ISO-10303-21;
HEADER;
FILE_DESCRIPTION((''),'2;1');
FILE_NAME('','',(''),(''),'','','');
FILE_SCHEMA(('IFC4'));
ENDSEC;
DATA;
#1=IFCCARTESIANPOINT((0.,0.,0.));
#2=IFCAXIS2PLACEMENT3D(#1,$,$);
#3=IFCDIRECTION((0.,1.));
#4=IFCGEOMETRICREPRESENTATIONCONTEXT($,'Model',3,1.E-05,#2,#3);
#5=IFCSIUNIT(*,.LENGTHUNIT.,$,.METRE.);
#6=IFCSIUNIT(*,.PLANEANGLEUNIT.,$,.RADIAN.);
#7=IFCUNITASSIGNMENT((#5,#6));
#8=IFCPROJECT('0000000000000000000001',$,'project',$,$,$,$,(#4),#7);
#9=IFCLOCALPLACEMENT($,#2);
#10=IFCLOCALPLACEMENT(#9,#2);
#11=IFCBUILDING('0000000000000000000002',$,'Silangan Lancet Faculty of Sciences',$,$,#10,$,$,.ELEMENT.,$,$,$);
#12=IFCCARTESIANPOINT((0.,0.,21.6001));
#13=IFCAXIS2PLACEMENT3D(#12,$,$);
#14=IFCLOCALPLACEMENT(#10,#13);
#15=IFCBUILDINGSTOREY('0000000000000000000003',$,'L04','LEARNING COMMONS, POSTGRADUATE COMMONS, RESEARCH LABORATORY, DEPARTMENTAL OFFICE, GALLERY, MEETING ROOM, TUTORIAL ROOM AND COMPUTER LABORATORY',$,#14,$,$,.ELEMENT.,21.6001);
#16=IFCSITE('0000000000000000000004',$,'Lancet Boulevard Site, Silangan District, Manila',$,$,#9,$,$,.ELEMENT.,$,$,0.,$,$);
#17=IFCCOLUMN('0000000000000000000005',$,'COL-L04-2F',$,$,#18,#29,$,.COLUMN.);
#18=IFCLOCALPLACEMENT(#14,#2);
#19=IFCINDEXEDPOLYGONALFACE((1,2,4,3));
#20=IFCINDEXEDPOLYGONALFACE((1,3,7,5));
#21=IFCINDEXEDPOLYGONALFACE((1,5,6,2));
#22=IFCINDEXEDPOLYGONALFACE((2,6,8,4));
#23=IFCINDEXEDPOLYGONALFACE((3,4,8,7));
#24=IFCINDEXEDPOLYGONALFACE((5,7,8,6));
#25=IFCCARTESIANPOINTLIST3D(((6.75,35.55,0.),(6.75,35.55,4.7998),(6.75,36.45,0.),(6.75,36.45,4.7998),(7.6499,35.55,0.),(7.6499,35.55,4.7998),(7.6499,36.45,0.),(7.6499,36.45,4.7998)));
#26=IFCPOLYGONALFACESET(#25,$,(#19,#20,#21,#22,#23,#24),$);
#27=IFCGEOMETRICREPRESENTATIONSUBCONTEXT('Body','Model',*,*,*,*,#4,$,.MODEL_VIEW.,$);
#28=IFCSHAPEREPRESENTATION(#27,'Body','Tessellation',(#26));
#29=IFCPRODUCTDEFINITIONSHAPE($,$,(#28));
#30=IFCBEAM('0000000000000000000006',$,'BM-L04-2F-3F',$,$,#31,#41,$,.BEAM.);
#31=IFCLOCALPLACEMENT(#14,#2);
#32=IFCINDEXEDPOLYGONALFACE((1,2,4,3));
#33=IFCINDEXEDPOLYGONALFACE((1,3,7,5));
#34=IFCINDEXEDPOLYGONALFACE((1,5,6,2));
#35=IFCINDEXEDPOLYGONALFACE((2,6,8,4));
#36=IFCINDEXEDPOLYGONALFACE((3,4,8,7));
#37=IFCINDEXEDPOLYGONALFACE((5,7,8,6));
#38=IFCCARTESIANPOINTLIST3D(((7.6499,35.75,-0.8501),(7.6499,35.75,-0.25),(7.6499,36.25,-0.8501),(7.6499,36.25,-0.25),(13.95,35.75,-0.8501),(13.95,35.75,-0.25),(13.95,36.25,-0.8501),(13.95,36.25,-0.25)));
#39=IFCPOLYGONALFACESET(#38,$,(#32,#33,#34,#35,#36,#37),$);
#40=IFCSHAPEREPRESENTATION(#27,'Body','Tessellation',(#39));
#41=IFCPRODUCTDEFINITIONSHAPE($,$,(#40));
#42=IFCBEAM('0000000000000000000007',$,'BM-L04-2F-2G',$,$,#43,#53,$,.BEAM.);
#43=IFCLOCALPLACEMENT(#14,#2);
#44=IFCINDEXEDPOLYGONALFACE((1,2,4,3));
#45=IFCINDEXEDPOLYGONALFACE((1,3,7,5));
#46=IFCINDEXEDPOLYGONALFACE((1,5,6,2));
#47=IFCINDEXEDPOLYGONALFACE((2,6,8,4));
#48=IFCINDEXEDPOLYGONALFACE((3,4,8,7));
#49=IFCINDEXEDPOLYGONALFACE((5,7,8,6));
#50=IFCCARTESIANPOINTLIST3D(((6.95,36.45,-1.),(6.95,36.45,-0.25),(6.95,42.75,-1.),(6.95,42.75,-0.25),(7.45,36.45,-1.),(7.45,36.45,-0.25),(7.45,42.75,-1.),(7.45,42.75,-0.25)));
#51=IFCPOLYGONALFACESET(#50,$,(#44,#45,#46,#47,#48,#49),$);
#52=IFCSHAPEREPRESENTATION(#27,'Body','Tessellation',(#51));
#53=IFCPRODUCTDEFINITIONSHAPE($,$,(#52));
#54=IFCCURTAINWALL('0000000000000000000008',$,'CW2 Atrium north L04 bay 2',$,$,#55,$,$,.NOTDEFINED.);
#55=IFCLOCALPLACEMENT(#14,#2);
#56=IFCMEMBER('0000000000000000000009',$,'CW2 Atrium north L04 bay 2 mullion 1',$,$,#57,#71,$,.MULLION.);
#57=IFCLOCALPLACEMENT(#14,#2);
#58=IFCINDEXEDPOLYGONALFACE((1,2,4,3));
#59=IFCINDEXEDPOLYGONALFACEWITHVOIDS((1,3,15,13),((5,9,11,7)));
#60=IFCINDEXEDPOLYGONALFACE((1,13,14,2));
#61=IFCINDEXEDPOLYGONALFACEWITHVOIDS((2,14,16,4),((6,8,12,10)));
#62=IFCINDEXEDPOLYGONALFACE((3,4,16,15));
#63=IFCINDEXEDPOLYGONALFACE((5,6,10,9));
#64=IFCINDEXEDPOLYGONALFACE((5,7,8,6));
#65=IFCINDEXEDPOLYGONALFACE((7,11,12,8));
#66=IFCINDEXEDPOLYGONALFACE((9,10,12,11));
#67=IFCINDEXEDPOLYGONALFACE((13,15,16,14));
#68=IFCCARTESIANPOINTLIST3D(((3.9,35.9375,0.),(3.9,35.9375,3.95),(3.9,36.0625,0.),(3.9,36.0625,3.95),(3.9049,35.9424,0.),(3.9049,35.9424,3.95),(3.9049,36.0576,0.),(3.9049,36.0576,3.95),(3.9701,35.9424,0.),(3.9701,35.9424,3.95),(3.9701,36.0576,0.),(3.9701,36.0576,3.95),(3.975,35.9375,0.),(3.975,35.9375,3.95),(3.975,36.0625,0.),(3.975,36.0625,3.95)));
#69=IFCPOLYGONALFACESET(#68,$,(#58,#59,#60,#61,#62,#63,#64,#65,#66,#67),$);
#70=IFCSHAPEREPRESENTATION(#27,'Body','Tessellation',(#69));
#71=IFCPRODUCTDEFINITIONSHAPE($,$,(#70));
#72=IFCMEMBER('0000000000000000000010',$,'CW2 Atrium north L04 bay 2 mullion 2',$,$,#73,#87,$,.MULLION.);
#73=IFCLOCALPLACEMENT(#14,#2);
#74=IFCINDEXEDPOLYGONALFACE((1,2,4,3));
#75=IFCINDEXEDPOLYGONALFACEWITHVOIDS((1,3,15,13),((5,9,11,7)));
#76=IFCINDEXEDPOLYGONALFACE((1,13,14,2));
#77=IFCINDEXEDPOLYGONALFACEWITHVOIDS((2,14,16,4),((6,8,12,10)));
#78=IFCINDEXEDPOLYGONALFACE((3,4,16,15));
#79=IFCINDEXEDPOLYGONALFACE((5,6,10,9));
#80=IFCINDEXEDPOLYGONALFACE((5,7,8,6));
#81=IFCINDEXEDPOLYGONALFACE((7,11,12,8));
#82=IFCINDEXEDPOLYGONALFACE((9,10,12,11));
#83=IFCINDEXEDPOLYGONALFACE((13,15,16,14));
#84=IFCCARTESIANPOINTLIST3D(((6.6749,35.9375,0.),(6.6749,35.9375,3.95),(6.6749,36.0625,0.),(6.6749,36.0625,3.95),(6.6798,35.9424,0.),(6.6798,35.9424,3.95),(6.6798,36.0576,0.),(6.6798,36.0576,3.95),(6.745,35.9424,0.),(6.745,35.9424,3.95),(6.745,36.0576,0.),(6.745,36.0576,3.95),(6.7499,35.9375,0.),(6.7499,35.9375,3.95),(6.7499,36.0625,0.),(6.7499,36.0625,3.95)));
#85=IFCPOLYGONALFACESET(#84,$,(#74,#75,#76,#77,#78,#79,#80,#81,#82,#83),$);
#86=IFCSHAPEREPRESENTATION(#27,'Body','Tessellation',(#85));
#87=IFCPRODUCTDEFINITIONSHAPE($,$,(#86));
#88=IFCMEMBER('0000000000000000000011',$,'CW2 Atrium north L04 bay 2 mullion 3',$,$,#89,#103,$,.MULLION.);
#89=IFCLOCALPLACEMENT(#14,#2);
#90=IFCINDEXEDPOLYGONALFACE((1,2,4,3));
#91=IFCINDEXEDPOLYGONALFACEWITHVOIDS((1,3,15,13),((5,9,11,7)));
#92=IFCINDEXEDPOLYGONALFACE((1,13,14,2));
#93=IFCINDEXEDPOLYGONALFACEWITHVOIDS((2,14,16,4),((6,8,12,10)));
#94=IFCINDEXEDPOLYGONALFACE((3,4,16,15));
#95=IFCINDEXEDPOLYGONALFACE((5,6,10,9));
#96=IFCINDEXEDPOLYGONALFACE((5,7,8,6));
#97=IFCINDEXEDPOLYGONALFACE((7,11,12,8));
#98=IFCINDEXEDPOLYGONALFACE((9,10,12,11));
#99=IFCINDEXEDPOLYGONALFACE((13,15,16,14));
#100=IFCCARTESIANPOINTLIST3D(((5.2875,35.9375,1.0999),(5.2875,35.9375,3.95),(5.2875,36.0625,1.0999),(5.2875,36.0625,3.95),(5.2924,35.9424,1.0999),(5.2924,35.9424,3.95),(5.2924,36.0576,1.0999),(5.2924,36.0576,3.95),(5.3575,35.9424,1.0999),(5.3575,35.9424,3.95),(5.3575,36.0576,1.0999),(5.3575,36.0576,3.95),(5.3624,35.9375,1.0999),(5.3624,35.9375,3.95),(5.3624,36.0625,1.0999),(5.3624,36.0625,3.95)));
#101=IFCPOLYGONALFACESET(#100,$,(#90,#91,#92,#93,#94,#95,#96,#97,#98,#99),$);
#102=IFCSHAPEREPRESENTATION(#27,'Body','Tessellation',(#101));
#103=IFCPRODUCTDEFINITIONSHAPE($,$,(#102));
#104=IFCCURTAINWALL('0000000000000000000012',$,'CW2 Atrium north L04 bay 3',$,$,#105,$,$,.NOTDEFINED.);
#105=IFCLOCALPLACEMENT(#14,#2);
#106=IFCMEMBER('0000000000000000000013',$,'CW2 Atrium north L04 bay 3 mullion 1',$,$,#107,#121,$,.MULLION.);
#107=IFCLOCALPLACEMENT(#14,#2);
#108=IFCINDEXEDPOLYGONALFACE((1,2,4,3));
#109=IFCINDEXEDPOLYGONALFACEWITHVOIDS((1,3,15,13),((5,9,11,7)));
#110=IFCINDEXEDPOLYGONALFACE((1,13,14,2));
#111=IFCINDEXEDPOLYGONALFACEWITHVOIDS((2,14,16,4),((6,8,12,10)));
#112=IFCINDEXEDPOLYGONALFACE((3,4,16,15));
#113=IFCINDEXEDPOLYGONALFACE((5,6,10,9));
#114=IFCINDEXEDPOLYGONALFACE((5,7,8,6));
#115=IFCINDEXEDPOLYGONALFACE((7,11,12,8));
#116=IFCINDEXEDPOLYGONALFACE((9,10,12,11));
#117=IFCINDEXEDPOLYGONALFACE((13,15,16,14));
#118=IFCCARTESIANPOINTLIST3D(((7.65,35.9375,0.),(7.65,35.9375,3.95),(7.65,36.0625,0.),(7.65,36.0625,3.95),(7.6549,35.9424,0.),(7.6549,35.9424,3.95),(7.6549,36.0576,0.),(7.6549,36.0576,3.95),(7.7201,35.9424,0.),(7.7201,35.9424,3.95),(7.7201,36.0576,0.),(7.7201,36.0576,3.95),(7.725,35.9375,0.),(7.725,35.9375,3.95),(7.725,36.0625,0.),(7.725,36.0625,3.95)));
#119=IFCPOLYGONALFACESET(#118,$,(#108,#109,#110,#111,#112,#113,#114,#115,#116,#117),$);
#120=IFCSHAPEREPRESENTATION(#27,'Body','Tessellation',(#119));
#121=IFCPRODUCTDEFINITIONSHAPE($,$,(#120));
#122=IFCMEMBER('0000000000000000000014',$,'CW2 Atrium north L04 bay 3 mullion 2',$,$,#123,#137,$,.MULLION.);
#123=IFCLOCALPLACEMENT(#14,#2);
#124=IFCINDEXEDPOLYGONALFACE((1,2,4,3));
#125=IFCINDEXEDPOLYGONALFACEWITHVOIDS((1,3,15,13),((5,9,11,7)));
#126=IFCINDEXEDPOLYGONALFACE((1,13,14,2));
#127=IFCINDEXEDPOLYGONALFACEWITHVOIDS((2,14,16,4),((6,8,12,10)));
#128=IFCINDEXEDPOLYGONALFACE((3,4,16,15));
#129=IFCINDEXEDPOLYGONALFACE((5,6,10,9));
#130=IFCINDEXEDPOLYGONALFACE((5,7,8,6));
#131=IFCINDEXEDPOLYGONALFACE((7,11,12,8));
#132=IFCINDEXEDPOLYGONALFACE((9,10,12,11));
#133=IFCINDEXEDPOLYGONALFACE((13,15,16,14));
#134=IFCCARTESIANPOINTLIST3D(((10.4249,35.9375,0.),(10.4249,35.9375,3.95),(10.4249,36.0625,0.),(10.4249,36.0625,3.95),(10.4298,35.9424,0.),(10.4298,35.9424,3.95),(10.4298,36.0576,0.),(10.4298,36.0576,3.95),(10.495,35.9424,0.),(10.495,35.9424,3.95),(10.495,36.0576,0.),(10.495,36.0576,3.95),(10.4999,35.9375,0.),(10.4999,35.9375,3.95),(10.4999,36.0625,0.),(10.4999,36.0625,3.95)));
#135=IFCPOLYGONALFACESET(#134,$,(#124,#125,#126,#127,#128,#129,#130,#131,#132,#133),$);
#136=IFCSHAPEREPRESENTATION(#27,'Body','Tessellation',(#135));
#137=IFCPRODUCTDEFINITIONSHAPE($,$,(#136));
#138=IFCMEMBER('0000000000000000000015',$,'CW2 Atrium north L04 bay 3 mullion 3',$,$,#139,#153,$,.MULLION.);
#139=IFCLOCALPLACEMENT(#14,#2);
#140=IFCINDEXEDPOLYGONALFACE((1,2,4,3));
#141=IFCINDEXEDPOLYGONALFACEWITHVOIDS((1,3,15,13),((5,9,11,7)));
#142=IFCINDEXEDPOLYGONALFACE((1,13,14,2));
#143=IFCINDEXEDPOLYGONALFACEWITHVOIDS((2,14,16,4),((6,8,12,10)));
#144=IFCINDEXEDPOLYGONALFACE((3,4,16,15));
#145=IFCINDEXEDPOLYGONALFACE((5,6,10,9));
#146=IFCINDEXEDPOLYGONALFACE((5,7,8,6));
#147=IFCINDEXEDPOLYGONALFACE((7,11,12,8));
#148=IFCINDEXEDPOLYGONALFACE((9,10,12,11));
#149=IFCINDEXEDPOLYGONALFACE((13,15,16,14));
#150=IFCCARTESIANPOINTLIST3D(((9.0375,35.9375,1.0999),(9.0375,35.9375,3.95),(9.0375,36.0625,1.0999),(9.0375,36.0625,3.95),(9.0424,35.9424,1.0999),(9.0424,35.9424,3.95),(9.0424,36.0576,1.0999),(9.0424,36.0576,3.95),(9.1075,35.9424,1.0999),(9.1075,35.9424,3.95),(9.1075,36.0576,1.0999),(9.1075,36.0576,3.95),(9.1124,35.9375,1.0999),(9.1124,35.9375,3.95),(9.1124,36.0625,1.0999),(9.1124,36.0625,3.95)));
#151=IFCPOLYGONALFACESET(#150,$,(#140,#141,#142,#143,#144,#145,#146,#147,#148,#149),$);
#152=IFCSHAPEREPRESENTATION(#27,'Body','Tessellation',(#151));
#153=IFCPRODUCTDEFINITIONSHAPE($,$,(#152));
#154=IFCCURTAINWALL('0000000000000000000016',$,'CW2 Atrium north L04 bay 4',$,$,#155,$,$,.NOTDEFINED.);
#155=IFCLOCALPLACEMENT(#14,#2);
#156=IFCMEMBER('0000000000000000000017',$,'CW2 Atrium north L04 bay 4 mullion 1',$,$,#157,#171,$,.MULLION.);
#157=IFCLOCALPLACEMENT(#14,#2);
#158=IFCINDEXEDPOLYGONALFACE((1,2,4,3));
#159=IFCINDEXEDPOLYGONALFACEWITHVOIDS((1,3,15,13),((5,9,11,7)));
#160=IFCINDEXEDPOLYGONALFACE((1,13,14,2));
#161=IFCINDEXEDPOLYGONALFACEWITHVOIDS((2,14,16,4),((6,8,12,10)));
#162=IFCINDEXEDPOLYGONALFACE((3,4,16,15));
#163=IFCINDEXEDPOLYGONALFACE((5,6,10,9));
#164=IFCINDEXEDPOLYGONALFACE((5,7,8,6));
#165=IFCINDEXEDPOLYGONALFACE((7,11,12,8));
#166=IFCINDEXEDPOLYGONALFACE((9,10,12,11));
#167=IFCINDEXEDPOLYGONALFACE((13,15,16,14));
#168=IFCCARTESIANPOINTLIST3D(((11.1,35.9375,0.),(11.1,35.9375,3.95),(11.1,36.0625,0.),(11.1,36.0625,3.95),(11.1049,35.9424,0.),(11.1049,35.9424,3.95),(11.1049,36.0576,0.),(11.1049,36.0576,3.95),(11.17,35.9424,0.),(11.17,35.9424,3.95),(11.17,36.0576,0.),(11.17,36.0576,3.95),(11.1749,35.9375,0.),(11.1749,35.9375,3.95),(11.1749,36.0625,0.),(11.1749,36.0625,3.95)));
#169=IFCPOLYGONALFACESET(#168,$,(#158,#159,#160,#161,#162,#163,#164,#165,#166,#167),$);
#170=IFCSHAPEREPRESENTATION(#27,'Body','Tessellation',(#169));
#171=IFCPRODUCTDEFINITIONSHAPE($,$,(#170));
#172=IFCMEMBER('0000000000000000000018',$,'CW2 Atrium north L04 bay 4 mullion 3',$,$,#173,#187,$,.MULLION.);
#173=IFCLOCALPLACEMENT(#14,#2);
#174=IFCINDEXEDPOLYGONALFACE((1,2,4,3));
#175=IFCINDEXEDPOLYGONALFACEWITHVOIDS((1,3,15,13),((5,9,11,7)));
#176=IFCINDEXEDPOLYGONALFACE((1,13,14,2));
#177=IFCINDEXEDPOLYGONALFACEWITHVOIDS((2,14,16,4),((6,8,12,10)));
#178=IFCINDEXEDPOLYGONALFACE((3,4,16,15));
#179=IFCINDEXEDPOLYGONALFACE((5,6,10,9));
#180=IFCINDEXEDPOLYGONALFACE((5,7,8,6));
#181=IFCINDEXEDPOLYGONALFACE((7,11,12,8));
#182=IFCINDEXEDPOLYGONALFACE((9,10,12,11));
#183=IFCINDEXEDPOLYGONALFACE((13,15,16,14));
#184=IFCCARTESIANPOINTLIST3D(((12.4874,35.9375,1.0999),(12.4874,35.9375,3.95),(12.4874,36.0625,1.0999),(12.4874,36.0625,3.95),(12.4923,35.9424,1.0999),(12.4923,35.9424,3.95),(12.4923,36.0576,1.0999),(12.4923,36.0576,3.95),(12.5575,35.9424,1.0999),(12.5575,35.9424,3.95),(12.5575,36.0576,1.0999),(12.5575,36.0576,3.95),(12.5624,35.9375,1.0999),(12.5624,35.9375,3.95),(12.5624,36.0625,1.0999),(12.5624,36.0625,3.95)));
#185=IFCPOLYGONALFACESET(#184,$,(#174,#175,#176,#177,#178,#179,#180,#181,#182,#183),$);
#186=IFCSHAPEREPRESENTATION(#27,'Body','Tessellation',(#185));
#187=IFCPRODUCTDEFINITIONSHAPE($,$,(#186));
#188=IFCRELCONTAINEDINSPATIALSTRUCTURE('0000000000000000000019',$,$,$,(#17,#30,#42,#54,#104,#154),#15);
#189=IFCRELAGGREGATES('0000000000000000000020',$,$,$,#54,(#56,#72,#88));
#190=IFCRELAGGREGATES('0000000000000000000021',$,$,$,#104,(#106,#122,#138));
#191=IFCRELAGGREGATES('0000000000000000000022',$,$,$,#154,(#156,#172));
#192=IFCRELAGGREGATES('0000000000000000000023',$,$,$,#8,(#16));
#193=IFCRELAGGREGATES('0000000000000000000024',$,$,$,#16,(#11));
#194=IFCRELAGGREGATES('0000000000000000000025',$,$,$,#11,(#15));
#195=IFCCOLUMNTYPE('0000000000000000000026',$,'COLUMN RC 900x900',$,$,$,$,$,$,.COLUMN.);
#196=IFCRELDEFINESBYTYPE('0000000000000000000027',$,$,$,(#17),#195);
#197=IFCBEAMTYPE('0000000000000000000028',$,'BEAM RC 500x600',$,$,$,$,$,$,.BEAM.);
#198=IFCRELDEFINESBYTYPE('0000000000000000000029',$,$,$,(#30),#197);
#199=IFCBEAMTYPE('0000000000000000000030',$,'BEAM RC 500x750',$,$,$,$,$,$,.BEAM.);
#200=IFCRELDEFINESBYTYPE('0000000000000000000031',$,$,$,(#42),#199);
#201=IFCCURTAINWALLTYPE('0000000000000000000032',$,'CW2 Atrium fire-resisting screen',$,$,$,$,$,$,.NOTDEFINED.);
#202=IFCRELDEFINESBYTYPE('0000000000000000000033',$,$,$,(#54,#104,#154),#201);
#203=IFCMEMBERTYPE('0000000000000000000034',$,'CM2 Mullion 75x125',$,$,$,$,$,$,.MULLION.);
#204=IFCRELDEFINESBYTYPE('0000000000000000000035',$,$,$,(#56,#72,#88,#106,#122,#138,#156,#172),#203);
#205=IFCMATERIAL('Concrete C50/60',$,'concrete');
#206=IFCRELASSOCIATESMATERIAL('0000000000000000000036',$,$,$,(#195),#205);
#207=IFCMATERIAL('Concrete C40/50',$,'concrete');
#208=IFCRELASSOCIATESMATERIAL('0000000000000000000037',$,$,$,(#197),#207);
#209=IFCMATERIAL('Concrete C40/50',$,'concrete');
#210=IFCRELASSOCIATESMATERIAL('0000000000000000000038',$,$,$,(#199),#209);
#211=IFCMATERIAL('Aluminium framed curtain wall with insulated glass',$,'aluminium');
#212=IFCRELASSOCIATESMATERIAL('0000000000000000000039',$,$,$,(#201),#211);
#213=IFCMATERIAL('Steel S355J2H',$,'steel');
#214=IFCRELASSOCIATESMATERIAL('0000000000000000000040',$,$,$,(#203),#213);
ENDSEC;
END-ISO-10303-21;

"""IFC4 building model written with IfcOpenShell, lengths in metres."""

from ifc_helpers import new_model, si_unit, direction, frame, origin, origin_2d, place, context, subcontext, project, spatial, rectangle, hollow_rectangle, extrude, material, material_profile, profile_set, type_object, element, aggregate, save


model = new_model("IFC4")

# Units and contexts
model_context = context("Model", 3, precision=1e-05, world=origin(), true_north=direction((0.0, 1.0)))
body_context = subcontext(model_context, "Body", "Model", "MODEL_VIEW")
ifc_project = project(units=[si_unit("LENGTHUNIT", "METRE"), si_unit("PLANEANGLEUNIT", "RADIAN")], contexts=[model_context])

# Site, building, storey
site_placement = place(None, origin())
site = spatial("IfcSite", under=ifc_project, at=site_placement, Name="Lancet Boulevard Site, Silangan District, Manila", CompositionType="ELEMENT", RefElevation=0.0)
building_placement = place(site_placement, origin())
building = spatial("IfcBuilding", under=site, at=building_placement, Name="Silangan Lancet Faculty of Sciences", CompositionType="ELEMENT")
storey_placement = place(building_placement, frame((0.0, 0.0, 21.6001)))
storey = spatial("IfcBuildingStorey", under=building, at=storey_placement, Name="L04", Description="LEARNING COMMONS, POSTGRADUATE COMMONS, RESEARCH LABORATORY, DEPARTMENTAL OFFICE, GALLERY, MEETING ROOM, TUTORIAL ROOM AND COMPUTER LABORATORY", CompositionType="ELEMENT", Elevation=21.6001)

# Column
ifc_material_1 = material(Name="Concrete C50/60", Category="concrete")
ifc_material_profile_1 = material_profile(ifc_material_1, rectangle(XDim=0.8999, YDim=0.8999, at=origin_2d()), Name="RC 900x900")
ifc_profile_set_1 = profile_set([ifc_material_profile_1], Name="Concrete C50/60")
column_type = type_object("IfcColumnType", Name="COLUMN RC 900x900", PredefinedType="COLUMN", material=ifc_profile_set_1)
column_placement = place(storey_placement, frame((7.2, 36.0, 0.0), z_axis=(0.0, 0.0, 1.0), x_axis=(1.0, 0.0, 0.0)))
element("IfcColumn", 1, at=column_placement, inside=storey, type_object=column_type, Name="COL-L04-2F", PredefinedType="COLUMN", context=body_context, shape_type="SweptSolid", body=[
    extrude(rectangle(XDim=0.8999, YDim=0.8999, at=origin_2d()), origin(), (0.0, 0.0, 1.0), 4.7998),
])

# Beams
ifc_material_2 = material(Name="Concrete C40/50", Category="concrete")
ifc_material_profile_2 = material_profile(ifc_material_2, rectangle(XDim=0.5, YDim=0.6001, at=origin_2d()), Name="RC 500x600")
ifc_profile_set_2 = profile_set([ifc_material_profile_2], Name="Concrete C40/50")
beam_type_1 = type_object("IfcBeamType", Name="BEAM RC 500x600", PredefinedType="BEAM", material=ifc_profile_set_2)
beam_1_placement = place(storey_placement, frame((7.6499, 36.0, -0.55), z_axis=(1.0, 0.0, 0.0), x_axis=(0.0, 1.0, 0.0)))
element("IfcBeam", 2, at=beam_1_placement, inside=storey, type_object=beam_type_1, Name="BM-L04-2F-3F", PredefinedType="BEAM", context=body_context, shape_type="SweptSolid", body=[
    extrude(rectangle(XDim=0.5, YDim=0.6001, at=origin_2d()), origin(), (0.0, 0.0, 1.0), 6.3),
])
ifc_material_3 = material(Name="Concrete C40/50", Category="concrete")
ifc_material_profile_3 = material_profile(ifc_material_3, rectangle(XDim=0.5, YDim=0.75, at=origin_2d()), Name="RC 500x750")
ifc_profile_set_3 = profile_set([ifc_material_profile_3], Name="Concrete C40/50")
beam_type_2 = type_object("IfcBeamType", Name="BEAM RC 500x750", PredefinedType="BEAM", material=ifc_profile_set_3)
beam_2_placement = place(storey_placement, frame((7.2, 36.45, -0.625), z_axis=(0.0, 1.0, 0.0), x_axis=(-1.0, 0.0, 0.0)))
element("IfcBeam", 3, at=beam_2_placement, inside=storey, type_object=beam_type_2, Name="BM-L04-2F-2G", PredefinedType="BEAM", context=body_context, shape_type="SweptSolid", body=[
    extrude(rectangle(XDim=0.5, YDim=0.75, at=origin_2d()), origin(), (0.0, 0.0, 1.0), 6.3),
])

# Curtain walls, members
ifc_material_4 = material(Name="Aluminium framed curtain wall with insulated glass", Category="aluminium")
curtain_wall_type = type_object("IfcCurtainWallType", Name="CW2 Atrium fire-resisting screen", PredefinedType="NOTDEFINED", material=ifc_material_4)
curtain_wall_1_placement = place(storey_placement, origin())
curtain_wall_1 = element("IfcCurtainWall", 4, at=curtain_wall_1_placement, inside=storey, type_object=curtain_wall_type, Name="CW2 Atrium north L04 bay 2", PredefinedType="NOTDEFINED")
ifc_material_5 = material(Name="Steel S355J2H", Category="steel")
ifc_material_profile_4 = material_profile(ifc_material_5, hollow_rectangle(XDim=0.075, YDim=0.125, WallThickness=0.0049, at=origin_2d()), Name="ST BOX 75x125x5")
ifc_profile_set_4 = profile_set([ifc_material_profile_4], Name="Steel S355J2H")
member_type_1 = type_object("IfcMemberType", Name="CM2 Mullion 75x125", PredefinedType="MULLION", material=ifc_profile_set_4)
member_1_placement = place(storey_placement, frame((3.9375, 36.0, 0.0), z_axis=(0.0, 0.0, 1.0), x_axis=(1.0, 0.0, 0.0)))
member_1 = element("IfcMember", 5, at=member_1_placement, type_object=member_type_1, Name="CW2 Atrium north L04 bay 2 mullion 1", PredefinedType="MULLION", context=body_context, shape_type="SweptSolid", body=[
    extrude(hollow_rectangle(XDim=0.075, YDim=0.125, WallThickness=0.0049, at=origin_2d()), origin(), (0.0, 0.0, 1.0), 3.95),
])
member_2_placement = place(storey_placement, frame((6.7124, 36.0, 0.0), z_axis=(0.0, 0.0, 1.0), x_axis=(1.0, 0.0, 0.0)))
member_2 = element("IfcMember", 6, at=member_2_placement, type_object=member_type_1, Name="CW2 Atrium north L04 bay 2 mullion 2", PredefinedType="MULLION", context=body_context, shape_type="SweptSolid", body=[
    extrude(hollow_rectangle(XDim=0.075, YDim=0.125, WallThickness=0.0049, at=origin_2d()), origin(), (0.0, 0.0, 1.0), 3.95),
])
member_3_placement = place(storey_placement, frame((5.325, 36.0, 1.0999), z_axis=(0.0, 0.0, 1.0), x_axis=(1.0, 0.0, 0.0)))
member_3 = element("IfcMember", 7, at=member_3_placement, type_object=member_type_1, Name="CW2 Atrium north L04 bay 2 mullion 3", PredefinedType="MULLION", context=body_context, shape_type="SweptSolid", body=[
    extrude(hollow_rectangle(XDim=0.075, YDim=0.125, WallThickness=0.0049, at=origin_2d()), origin(), (0.0, 0.0, 1.0), 2.8501),
])
curtain_wall_2_placement = place(storey_placement, origin())
curtain_wall_2 = element("IfcCurtainWall", 8, at=curtain_wall_2_placement, inside=storey, type_object=curtain_wall_type, Name="CW2 Atrium north L04 bay 3", PredefinedType="NOTDEFINED")
member_4_placement = place(storey_placement, frame((7.6875, 36.0, 0.0), z_axis=(0.0, 0.0, 1.0), x_axis=(1.0, 0.0, 0.0)))
member_4 = element("IfcMember", 9, at=member_4_placement, type_object=member_type_1, Name="CW2 Atrium north L04 bay 3 mullion 1", PredefinedType="MULLION", context=body_context, shape_type="SweptSolid", body=[
    extrude(hollow_rectangle(XDim=0.075, YDim=0.125, WallThickness=0.0049, at=origin_2d()), origin(), (0.0, 0.0, 1.0), 3.95),
])
member_5_placement = place(storey_placement, frame((10.4624, 36.0, 0.0), z_axis=(0.0, 0.0, 1.0), x_axis=(1.0, 0.0, 0.0)))
member_5 = element("IfcMember", 10, at=member_5_placement, type_object=member_type_1, Name="CW2 Atrium north L04 bay 3 mullion 2", PredefinedType="MULLION", context=body_context, shape_type="SweptSolid", body=[
    extrude(hollow_rectangle(XDim=0.075, YDim=0.125, WallThickness=0.0049, at=origin_2d()), origin(), (0.0, 0.0, 1.0), 3.95),
])
member_6_placement = place(storey_placement, frame((9.075, 36.0, 1.0999), z_axis=(0.0, 0.0, 1.0), x_axis=(1.0, 0.0, 0.0)))
member_6 = element("IfcMember", 11, at=member_6_placement, type_object=member_type_1, Name="CW2 Atrium north L04 bay 3 mullion 3", PredefinedType="MULLION", context=body_context, shape_type="SweptSolid", body=[
    extrude(hollow_rectangle(XDim=0.075, YDim=0.125, WallThickness=0.0049, at=origin_2d()), origin(), (0.0, 0.0, 1.0), 2.8501),
])
curtain_wall_3_placement = place(storey_placement, origin())
curtain_wall_3 = element("IfcCurtainWall", 12, at=curtain_wall_3_placement, inside=storey, type_object=curtain_wall_type, Name="CW2 Atrium north L04 bay 4", PredefinedType="NOTDEFINED")
member_7_placement = place(storey_placement, frame((11.1375, 36.0, 0.0), z_axis=(0.0, 0.0, 1.0), x_axis=(1.0, 0.0, 0.0)))
member_7 = element("IfcMember", 13, at=member_7_placement, type_object=member_type_1, Name="CW2 Atrium north L04 bay 4 mullion 1", PredefinedType="MULLION", context=body_context, shape_type="SweptSolid", body=[
    extrude(hollow_rectangle(XDim=0.075, YDim=0.125, WallThickness=0.0049, at=origin_2d()), origin(), (0.0, 0.0, 1.0), 3.95),
])
member_8_placement = place(storey_placement, frame((12.5249, 36.0, 1.0999), z_axis=(0.0, 0.0, 1.0), x_axis=(1.0, 0.0, 0.0)))
member_8 = element("IfcMember", 14, at=member_8_placement, type_object=member_type_1, Name="CW2 Atrium north L04 bay 4 mullion 3", PredefinedType="MULLION", context=body_context, shape_type="SweptSolid", body=[
    extrude(hollow_rectangle(XDim=0.075, YDim=0.125, WallThickness=0.0049, at=origin_2d()), origin(), (0.0, 0.0, 1.0), 2.8501),
])

aggregate(curtain_wall_1, [member_1, member_2, member_3])
aggregate(curtain_wall_2, [member_4, member_5, member_6])
aggregate(curtain_wall_3, [member_7, member_8])

save(model, "model.ifc")
